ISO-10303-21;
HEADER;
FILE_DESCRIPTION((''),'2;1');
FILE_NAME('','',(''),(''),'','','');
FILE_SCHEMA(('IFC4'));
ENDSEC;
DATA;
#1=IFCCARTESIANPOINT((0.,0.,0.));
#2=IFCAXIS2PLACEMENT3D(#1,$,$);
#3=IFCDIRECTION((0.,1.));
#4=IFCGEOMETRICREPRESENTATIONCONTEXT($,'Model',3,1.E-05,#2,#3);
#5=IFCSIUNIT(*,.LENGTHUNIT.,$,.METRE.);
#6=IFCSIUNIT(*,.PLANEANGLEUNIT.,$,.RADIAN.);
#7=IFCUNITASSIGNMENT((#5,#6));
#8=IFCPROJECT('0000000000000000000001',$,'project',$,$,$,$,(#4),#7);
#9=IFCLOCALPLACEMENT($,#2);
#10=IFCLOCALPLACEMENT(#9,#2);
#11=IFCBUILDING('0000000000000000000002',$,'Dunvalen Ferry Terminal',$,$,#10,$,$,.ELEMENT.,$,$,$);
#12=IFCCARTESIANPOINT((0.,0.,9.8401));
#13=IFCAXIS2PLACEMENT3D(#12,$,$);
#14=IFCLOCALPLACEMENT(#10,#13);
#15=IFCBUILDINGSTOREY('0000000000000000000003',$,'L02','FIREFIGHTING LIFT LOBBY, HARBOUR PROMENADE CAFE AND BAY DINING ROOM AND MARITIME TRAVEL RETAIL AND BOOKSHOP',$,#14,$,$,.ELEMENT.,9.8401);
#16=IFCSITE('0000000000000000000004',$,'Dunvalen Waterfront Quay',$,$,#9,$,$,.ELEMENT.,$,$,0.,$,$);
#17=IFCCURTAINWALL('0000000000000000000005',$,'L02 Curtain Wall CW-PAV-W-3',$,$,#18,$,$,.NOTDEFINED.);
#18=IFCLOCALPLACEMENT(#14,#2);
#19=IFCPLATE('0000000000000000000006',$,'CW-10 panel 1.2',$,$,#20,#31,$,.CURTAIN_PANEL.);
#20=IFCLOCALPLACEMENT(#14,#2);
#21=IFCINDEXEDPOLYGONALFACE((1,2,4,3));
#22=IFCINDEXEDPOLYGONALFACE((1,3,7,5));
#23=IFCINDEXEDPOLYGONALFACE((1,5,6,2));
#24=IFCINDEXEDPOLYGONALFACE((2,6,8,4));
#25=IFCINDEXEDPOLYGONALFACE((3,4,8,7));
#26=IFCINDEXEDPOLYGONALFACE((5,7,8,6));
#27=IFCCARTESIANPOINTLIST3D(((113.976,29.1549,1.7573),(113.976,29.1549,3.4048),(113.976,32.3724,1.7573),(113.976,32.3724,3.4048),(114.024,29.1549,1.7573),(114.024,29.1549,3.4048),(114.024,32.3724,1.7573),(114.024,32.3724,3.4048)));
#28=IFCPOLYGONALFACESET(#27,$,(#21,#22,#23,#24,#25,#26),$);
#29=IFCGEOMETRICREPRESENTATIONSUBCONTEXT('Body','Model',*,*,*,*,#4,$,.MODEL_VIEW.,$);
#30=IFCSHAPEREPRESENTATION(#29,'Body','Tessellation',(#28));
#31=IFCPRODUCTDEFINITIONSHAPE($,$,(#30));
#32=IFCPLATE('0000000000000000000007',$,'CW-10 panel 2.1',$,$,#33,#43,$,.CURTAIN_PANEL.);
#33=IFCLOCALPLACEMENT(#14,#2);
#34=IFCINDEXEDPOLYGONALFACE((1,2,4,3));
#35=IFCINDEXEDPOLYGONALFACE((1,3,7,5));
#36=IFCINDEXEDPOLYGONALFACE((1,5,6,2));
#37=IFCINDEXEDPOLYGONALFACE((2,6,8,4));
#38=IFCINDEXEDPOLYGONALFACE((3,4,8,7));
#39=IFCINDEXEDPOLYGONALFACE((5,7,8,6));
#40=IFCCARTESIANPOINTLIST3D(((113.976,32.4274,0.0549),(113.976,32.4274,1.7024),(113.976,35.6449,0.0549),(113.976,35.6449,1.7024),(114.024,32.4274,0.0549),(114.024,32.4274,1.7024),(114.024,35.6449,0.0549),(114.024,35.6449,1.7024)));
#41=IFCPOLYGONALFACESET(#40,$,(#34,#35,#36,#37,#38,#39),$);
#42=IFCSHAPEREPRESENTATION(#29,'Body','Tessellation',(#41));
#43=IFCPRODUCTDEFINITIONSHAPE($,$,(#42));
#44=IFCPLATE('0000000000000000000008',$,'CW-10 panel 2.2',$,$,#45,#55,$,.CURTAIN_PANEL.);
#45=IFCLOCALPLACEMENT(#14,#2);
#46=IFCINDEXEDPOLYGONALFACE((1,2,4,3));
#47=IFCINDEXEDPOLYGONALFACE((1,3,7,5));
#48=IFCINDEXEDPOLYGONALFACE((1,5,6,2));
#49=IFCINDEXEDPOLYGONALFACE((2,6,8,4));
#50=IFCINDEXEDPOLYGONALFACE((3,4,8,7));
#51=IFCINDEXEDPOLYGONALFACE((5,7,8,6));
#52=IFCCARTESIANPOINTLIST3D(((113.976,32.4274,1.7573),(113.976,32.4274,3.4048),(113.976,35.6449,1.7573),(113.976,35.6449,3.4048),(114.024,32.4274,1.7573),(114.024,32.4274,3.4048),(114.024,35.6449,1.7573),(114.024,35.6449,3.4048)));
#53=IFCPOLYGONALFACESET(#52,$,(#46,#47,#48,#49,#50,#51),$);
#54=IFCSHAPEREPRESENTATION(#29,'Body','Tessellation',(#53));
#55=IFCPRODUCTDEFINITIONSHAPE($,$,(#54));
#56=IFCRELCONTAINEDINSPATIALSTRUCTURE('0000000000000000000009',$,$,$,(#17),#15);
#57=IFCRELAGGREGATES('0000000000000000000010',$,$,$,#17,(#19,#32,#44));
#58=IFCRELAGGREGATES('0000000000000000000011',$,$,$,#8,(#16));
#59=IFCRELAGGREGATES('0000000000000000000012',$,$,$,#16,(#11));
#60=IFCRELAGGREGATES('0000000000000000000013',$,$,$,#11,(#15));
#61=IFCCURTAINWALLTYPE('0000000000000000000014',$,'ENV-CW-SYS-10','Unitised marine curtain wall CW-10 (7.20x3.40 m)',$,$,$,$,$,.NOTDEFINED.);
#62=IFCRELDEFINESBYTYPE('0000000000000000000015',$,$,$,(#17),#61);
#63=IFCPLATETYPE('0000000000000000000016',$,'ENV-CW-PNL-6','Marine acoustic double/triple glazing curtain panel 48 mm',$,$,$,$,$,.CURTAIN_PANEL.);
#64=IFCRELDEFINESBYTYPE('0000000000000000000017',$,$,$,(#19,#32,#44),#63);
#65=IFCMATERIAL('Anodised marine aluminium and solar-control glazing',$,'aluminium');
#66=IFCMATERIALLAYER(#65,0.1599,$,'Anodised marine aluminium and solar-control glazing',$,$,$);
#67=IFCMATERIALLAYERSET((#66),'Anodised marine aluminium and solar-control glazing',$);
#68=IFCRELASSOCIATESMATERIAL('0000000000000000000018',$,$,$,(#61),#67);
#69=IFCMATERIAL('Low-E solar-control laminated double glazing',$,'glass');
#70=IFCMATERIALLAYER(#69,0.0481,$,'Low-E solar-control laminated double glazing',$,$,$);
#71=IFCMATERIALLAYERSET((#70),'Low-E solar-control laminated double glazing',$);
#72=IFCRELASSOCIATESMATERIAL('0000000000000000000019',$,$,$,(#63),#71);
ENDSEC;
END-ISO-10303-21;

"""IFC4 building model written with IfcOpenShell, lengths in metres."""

from ifc_helpers import new_model, si_unit, direction, frame, origin, origin_2d, place, context, subcontext, project, spatial, rectangle, extrude, material, layer, layer_set, type_object, element, aggregate, save


model = new_model("IFC4")

# Units and contexts
model_context = context("Model", 3, precision=1e-05, world=origin(), true_north=direction((0.0, 1.0)))
body_context = subcontext(model_context, "Body", "Model", "MODEL_VIEW")
ifc_project = project(units=[si_unit("LENGTHUNIT", "METRE"), si_unit("PLANEANGLEUNIT", "RADIAN")], contexts=[model_context])

# Site, building, storey
site_placement = place(None, origin())
site = spatial("IfcSite", under=ifc_project, at=site_placement, Name="Dunvalen Waterfront Quay", CompositionType="ELEMENT", RefElevation=0.0)
building_placement = place(site_placement, origin())
building = spatial("IfcBuilding", under=site, at=building_placement, Name="Dunvalen Ferry Terminal", CompositionType="ELEMENT")
storey_placement = place(building_placement, frame((0.0, 0.0, 9.8401)))
storey = spatial("IfcBuildingStorey", under=building, at=storey_placement, Name="L02", Description="FIREFIGHTING LIFT LOBBY, HARBOUR PROMENADE CAFE AND BAY DINING ROOM AND MARITIME TRAVEL RETAIL AND BOOKSHOP", CompositionType="ELEMENT", Elevation=9.8401)

# Curtain wall
ifc_material_1 = material(Name="Anodised marine aluminium and solar-control glazing", Category="aluminium")
ifc_layer_1 = layer(ifc_material_1, 0.1599, Name="Anodised marine aluminium and solar-control glazing")
ifc_layer_set_1 = layer_set([ifc_layer_1], Name="Anodised marine aluminium and solar-control glazing")
curtain_wall_type_1 = type_object("IfcCurtainWallType", Name="ENV-CW-SYS-10", Description="Unitised marine curtain wall CW-10 (7.20x3.40 m)", PredefinedType="NOTDEFINED", material=ifc_layer_set_1)
curtain_wall_1_placement = place(storey_placement, origin())
curtain_wall_1 = element("IfcCurtainWall", 1, at=curtain_wall_1_placement, inside=storey, type_object=curtain_wall_type_1, Name="L02 Curtain Wall CW-PAV-W-3", PredefinedType="NOTDEFINED")

# Plates
ifc_material_2 = material(Name="Low-E solar-control laminated double glazing", Category="glass")
ifc_layer_2 = layer(ifc_material_2, 0.0481, Name="Low-E solar-control laminated double glazing")
ifc_layer_set_2 = layer_set([ifc_layer_2], Name="Low-E solar-control laminated double glazing")
plate_type = type_object("IfcPlateType", Name="ENV-CW-PNL-6", Description="Marine acoustic double/triple glazing curtain panel 48 mm", PredefinedType="CURTAIN_PANEL", material=ifc_layer_set_2)
plate_1_placement = place(storey_placement, frame((114.0, 30.7637, 1.7573), z_axis=(0.0, 0.0, 1.0), x_axis=(0.0, 1.0, 0.0)))
plate_1 = element("IfcPlate", 2, at=plate_1_placement, type_object=plate_type, Name="CW-10 panel 1.2", PredefinedType="CURTAIN_PANEL", context=body_context, shape_type="SweptSolid", body=[
    extrude(rectangle(XDim=3.2175, YDim=0.0481, at=origin_2d()), origin(), (0.0, 0.0, 1.0), 1.6475),
])
plate_2_placement = place(storey_placement, frame((114.0, 34.0361, 0.0549), z_axis=(0.0, 0.0, 1.0), x_axis=(0.0, 1.0, 0.0)))
plate_2 = element("IfcPlate", 3, at=plate_2_placement, type_object=plate_type, Name="CW-10 panel 2.1", PredefinedType="CURTAIN_PANEL", context=body_context, shape_type="SweptSolid", body=[
    extrude(rectangle(XDim=3.2175, YDim=0.0481, at=origin_2d()), origin(), (0.0, 0.0, 1.0), 1.6475),
])
plate_3_placement = place(storey_placement, frame((114.0, 34.0361, 1.7573), z_axis=(0.0, 0.0, 1.0), x_axis=(0.0, 1.0, 0.0)))
plate_3 = element("IfcPlate", 4, at=plate_3_placement, type_object=plate_type, Name="CW-10 panel 2.2", PredefinedType="CURTAIN_PANEL", context=body_context, shape_type="SweptSolid", body=[
    extrude(rectangle(XDim=3.2175, YDim=0.0481, at=origin_2d()), origin(), (0.0, 0.0, 1.0), 1.6475),
])
aggregate(curtain_wall_1, [plate_1, plate_2, plate_3])

save(model, "model.ifc")
